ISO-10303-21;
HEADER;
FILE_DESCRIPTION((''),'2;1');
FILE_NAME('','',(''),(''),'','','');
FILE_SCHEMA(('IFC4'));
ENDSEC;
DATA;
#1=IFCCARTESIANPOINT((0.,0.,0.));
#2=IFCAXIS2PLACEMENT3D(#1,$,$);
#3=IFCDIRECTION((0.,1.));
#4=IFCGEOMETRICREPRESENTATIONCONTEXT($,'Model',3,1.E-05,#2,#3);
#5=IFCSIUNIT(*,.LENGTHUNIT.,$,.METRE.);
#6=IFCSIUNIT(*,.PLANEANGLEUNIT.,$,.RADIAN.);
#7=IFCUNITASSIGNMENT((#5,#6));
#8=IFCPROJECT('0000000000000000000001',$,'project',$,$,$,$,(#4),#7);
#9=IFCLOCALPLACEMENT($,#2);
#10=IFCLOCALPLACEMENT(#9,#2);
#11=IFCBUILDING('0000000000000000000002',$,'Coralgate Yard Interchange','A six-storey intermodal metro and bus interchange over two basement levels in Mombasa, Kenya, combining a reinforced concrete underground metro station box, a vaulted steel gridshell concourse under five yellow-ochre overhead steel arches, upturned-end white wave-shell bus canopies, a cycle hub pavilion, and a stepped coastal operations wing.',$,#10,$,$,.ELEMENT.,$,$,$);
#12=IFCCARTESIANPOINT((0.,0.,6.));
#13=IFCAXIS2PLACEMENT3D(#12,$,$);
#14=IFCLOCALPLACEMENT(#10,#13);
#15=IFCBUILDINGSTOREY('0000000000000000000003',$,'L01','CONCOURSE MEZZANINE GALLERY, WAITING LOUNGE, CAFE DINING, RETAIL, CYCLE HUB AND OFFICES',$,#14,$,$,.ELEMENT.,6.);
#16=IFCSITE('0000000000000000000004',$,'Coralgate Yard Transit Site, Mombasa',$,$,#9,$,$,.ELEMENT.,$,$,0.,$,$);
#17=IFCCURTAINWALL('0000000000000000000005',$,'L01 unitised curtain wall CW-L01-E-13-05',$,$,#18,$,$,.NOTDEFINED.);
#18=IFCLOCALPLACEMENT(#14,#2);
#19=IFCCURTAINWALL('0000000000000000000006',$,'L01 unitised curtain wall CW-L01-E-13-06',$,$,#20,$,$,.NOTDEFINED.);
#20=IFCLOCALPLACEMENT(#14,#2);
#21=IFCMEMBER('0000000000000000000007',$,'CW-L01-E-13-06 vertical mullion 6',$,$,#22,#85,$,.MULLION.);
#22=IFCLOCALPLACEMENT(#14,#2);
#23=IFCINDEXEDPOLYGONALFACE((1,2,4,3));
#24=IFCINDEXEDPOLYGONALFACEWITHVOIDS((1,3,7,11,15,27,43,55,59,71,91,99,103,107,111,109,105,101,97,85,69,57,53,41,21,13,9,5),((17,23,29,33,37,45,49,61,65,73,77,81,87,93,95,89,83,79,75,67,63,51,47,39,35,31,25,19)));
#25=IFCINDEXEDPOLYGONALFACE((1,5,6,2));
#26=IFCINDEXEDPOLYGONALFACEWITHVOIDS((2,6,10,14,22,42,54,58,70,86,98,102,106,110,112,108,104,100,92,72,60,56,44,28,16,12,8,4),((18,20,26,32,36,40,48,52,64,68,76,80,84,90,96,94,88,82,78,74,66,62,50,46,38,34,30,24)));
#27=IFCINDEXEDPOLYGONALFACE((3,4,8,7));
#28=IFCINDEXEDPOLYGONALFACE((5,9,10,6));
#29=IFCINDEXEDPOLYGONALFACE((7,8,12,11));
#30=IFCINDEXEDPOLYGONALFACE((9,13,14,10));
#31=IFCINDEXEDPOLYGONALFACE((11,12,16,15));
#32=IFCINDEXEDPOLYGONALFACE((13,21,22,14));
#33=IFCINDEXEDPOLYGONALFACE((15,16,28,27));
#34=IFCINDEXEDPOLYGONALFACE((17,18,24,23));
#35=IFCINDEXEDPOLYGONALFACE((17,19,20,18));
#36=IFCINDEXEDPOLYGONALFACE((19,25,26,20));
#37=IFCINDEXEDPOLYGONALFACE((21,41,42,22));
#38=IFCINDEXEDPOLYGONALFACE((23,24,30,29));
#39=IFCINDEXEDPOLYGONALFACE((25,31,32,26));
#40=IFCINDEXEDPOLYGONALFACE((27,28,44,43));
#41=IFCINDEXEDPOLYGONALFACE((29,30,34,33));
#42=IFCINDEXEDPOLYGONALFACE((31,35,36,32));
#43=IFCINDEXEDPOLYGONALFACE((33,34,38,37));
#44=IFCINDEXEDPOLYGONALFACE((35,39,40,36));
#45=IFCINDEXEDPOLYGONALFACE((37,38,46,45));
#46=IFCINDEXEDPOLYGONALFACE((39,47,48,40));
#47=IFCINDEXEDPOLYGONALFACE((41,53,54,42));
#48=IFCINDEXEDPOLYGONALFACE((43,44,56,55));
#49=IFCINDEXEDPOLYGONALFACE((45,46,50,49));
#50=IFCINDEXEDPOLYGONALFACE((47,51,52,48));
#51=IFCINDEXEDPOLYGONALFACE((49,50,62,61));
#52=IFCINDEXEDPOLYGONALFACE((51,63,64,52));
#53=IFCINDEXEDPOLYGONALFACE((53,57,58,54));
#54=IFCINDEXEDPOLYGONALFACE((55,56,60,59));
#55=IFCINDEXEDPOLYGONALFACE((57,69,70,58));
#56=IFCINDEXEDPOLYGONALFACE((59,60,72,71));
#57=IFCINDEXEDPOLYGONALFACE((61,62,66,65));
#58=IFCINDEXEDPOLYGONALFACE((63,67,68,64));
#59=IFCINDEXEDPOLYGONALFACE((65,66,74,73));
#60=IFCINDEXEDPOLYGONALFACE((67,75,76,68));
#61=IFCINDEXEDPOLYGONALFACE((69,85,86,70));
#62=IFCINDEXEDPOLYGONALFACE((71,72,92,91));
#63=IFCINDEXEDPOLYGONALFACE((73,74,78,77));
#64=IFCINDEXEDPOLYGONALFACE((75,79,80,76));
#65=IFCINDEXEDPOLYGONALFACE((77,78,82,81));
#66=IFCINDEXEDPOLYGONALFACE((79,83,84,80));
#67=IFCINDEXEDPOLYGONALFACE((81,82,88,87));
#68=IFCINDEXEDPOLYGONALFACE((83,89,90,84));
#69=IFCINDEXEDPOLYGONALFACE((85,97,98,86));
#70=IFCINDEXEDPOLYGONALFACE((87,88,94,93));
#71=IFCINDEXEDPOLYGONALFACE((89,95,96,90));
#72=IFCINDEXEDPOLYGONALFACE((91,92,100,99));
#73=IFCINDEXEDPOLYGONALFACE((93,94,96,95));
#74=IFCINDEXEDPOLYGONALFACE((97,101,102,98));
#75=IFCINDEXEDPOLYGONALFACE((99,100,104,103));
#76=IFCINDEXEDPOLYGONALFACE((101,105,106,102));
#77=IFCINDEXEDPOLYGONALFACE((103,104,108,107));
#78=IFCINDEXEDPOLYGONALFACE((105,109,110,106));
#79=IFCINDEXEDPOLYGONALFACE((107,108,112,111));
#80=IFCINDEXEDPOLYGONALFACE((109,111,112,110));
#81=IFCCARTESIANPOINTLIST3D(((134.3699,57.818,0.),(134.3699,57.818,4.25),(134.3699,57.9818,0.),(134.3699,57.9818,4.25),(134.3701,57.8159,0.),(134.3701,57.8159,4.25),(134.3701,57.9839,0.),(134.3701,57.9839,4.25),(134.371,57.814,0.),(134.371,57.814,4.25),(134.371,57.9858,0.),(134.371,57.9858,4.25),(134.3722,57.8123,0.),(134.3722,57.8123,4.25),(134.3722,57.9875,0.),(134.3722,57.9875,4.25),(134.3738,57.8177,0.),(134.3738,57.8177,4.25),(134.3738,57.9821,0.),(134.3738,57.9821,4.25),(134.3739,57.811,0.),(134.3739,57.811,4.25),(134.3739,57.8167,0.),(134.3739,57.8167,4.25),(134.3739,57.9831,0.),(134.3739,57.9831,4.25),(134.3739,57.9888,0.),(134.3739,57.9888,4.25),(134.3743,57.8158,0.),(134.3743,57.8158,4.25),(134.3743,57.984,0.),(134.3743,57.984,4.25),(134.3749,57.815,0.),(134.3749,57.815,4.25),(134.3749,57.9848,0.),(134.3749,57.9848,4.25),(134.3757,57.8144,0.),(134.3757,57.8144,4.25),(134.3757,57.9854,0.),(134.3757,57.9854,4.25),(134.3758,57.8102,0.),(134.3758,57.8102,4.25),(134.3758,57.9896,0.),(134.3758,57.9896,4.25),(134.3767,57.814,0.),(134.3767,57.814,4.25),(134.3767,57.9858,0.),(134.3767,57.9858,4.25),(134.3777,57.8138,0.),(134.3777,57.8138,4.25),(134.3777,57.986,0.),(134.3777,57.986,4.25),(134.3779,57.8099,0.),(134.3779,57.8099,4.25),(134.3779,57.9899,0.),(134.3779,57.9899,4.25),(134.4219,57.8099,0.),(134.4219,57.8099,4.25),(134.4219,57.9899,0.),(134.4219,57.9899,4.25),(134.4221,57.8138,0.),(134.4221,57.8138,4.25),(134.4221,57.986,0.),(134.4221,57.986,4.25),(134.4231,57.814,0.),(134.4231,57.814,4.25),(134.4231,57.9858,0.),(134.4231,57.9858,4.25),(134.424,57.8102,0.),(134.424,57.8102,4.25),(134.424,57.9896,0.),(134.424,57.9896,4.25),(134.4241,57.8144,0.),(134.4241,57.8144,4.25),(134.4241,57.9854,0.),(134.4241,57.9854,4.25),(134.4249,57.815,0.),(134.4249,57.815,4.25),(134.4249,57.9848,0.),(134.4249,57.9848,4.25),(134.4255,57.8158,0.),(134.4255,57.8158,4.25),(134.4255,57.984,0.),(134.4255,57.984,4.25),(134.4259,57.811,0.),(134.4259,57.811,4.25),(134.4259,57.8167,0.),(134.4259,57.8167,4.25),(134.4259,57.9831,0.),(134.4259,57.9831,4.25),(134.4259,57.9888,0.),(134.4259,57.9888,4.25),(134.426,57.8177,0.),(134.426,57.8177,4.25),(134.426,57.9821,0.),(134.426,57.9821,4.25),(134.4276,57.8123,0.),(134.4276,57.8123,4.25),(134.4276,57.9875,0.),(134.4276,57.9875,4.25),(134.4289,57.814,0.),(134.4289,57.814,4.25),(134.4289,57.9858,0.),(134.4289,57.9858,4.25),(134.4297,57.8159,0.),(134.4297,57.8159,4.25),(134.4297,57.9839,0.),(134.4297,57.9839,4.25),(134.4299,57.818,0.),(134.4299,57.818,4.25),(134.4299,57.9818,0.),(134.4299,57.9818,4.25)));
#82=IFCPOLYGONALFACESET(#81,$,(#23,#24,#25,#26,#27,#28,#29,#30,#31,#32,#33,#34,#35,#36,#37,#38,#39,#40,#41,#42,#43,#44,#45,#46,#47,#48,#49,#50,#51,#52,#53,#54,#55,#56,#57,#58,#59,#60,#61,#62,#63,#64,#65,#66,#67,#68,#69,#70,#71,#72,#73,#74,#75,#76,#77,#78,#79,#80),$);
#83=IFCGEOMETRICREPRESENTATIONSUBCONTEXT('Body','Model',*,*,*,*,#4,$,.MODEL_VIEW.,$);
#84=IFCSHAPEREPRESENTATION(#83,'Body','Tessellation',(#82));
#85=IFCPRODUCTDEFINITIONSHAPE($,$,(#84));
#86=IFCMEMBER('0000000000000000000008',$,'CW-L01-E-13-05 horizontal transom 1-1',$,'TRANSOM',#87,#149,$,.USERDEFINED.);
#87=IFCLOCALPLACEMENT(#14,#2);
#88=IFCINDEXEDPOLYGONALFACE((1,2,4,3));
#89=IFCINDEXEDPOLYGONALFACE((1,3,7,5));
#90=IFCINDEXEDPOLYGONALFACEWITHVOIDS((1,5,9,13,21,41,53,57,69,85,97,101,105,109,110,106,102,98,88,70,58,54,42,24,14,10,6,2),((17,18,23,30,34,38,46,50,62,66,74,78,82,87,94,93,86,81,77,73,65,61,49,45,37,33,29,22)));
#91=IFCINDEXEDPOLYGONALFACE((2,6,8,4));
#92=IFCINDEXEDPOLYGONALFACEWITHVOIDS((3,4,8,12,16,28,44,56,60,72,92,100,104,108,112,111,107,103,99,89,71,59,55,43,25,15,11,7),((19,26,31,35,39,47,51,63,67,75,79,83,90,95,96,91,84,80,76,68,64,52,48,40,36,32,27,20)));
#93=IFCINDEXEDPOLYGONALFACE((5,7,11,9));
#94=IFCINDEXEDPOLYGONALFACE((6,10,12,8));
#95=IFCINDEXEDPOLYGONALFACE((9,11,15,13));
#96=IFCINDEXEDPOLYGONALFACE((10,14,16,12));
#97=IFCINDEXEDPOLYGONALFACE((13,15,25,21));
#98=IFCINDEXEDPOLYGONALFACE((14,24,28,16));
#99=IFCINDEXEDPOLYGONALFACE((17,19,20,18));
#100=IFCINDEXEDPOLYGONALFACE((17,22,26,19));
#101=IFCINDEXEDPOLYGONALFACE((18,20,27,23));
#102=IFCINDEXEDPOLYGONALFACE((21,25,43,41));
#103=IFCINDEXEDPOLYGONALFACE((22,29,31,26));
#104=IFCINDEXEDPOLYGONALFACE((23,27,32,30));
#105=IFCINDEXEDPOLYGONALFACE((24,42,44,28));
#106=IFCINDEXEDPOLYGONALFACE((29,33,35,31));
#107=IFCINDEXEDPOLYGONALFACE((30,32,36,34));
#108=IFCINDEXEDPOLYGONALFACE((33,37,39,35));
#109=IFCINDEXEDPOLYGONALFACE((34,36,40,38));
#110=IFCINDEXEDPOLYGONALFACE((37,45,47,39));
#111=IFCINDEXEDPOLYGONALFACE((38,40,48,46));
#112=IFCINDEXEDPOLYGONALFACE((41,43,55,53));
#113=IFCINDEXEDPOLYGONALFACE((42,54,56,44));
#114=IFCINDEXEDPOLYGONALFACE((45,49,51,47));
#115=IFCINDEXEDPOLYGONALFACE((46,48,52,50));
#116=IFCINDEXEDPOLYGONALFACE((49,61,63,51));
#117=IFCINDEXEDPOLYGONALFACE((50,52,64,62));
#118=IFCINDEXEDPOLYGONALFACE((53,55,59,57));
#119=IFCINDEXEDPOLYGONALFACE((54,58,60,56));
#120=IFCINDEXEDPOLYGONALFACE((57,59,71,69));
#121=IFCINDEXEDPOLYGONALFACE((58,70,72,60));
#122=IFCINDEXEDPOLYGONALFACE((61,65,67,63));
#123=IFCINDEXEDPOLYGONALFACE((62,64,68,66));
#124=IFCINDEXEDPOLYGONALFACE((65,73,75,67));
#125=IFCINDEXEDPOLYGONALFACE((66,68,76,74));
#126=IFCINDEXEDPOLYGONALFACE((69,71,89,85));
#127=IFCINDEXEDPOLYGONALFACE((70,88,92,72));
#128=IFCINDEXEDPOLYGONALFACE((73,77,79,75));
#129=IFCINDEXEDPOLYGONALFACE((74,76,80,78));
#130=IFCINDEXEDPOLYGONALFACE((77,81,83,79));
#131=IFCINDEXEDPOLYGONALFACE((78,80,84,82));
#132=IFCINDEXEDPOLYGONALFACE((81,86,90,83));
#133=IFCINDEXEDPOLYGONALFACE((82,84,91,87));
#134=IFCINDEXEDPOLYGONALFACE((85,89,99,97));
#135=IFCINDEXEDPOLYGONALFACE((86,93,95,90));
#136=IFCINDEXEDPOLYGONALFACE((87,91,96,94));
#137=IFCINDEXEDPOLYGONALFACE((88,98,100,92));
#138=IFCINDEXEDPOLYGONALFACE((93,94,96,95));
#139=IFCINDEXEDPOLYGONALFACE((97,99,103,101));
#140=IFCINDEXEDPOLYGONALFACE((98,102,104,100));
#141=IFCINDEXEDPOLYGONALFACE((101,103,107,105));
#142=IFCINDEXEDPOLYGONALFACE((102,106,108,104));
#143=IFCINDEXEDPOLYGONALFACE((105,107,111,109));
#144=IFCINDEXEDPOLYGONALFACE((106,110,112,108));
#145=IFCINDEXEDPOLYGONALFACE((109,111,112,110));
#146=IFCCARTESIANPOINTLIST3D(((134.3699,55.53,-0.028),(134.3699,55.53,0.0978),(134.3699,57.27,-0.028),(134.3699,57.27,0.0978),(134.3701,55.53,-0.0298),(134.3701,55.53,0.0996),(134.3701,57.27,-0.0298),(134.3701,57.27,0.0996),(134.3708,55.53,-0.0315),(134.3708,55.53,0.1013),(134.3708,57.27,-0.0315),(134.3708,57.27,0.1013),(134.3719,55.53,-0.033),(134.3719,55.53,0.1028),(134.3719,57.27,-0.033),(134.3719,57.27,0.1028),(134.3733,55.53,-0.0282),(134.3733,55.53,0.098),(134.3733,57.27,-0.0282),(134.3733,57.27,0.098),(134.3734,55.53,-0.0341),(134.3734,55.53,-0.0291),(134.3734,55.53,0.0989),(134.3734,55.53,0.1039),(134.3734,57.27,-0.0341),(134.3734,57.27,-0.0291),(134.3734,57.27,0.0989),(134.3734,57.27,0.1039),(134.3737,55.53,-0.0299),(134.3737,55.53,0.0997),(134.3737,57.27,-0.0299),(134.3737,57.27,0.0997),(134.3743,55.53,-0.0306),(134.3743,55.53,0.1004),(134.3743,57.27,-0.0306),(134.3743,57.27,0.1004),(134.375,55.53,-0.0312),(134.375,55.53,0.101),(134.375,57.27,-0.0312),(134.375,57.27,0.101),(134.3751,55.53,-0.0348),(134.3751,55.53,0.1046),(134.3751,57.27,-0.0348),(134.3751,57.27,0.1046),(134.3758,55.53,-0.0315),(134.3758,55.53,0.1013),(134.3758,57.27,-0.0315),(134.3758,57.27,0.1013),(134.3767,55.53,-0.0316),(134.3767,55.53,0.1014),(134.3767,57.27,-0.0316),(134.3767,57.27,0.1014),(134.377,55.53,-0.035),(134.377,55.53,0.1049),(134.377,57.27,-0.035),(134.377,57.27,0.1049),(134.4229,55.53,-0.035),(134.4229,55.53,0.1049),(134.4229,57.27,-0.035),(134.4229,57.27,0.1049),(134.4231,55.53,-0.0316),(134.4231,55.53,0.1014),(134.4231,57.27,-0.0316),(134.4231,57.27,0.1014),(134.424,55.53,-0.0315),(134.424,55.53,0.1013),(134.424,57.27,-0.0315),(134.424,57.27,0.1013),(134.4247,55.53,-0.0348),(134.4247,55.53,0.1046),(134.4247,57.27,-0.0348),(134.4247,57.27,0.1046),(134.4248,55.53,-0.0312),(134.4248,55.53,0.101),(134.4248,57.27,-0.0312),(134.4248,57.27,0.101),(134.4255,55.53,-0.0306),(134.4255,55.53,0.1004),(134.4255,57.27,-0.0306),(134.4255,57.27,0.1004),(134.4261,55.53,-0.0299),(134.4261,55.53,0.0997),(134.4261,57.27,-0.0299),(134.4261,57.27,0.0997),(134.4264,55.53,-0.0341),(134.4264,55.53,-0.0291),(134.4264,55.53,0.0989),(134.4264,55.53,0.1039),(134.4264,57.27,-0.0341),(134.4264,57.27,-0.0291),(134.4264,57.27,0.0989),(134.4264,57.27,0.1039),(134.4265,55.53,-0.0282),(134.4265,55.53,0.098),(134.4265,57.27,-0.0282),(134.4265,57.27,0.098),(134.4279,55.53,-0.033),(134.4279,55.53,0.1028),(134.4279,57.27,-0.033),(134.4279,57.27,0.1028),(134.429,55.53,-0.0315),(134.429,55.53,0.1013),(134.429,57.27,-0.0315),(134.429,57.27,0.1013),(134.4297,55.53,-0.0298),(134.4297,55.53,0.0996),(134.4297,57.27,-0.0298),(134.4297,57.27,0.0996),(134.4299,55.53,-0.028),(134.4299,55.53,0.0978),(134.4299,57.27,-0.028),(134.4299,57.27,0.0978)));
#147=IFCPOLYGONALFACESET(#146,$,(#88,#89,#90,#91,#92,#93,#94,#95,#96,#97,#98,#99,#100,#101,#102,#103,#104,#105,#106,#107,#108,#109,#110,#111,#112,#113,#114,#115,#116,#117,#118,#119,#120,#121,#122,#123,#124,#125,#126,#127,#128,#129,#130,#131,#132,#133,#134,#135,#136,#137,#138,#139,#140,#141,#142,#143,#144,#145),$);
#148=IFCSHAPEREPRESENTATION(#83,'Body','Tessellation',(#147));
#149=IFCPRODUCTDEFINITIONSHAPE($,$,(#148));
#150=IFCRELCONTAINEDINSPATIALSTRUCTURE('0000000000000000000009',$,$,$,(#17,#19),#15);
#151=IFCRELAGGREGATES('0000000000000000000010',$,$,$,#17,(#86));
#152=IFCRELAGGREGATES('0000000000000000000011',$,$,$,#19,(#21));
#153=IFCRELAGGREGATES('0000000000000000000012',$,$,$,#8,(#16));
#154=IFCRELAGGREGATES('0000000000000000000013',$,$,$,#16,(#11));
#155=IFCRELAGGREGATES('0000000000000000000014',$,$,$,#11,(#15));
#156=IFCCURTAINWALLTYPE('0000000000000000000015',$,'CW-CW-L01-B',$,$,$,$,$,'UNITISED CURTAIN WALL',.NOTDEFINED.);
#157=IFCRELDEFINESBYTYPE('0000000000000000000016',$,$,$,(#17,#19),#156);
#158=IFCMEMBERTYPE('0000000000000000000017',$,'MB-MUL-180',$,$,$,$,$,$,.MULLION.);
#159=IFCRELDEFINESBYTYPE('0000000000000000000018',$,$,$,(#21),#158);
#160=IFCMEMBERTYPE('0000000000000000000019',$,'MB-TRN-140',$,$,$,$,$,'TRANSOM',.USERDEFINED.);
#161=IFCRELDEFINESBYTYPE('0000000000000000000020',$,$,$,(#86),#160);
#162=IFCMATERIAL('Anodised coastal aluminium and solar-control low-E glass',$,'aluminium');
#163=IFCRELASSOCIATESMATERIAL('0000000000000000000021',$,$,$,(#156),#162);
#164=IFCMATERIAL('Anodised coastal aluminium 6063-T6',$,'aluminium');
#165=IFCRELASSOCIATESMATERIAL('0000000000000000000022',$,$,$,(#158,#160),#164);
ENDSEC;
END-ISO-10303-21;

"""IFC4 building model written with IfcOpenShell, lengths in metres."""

from ifc_helpers import new_model, si_unit, direction, frame, origin, origin_2d, place, context, subcontext, project, spatial, hollow_rectangle, extrude, material, material_profile, profile_set, type_object, element, aggregate, save


model = new_model("IFC4")

# Units and contexts
model_context = context("Model", 3, precision=1e-05, world=origin(), true_north=direction((0.0, 1.0)))
body_context = subcontext(model_context, "Body", "Model", "MODEL_VIEW")
ifc_project = project(units=[si_unit("LENGTHUNIT", "METRE"), si_unit("PLANEANGLEUNIT", "RADIAN")], contexts=[model_context])

# Site, building, storey
site_placement = place(None, origin())
site = spatial("IfcSite", under=ifc_project, at=site_placement, Name="Coralgate Yard Transit Site, Mombasa", CompositionType="ELEMENT", RefElevation=0.0)
building_placement = place(site_placement, origin())
building = spatial("IfcBuilding", under=site, at=building_placement, Name="Coralgate Yard Interchange", Description="A six-storey intermodal metro and bus interchange over two basement levels in Mombasa, Kenya, combining a reinforced concrete underground metro station box, a vaulted steel gridshell concourse under five yellow-ochre overhead steel arches, upturned-end white wave-shell bus canopies, a cycle hub pavilion, and a stepped coastal operations wing.", CompositionType="ELEMENT")
storey_placement = place(building_placement, frame((0.0, 0.0, 6.0)))
storey = spatial("IfcBuildingStorey", under=building, at=storey_placement, Name="L01", Description="CONCOURSE MEZZANINE GALLERY, WAITING LOUNGE, CAFE DINING, RETAIL, CYCLE HUB AND OFFICES", CompositionType="ELEMENT", Elevation=6.0)

# Curtain walls, member
ifc_material_1 = material(Name="Anodised coastal aluminium and solar-control low-E glass", Category="aluminium")
curtain_wall_type = type_object("IfcCurtainWallType", Name="CW-CW-L01-B", ElementType="UNITISED CURTAIN WALL", PredefinedType="NOTDEFINED", material=ifc_material_1)
curtain_wall_1_placement = place(storey_placement, origin())
curtain_wall_1 = element("IfcCurtainWall", 1, at=curtain_wall_1_placement, inside=storey, type_object=curtain_wall_type, Name="L01 unitised curtain wall CW-L01-E-13-05", PredefinedType="NOTDEFINED")
ifc_material_2 = material(Name="Anodised coastal aluminium 6063-T6", Category="aluminium")
ifc_material_profile_1 = material_profile(ifc_material_2, hollow_rectangle(XDim=0.0601, YDim=0.1799, WallThickness=0.0039, InnerFilletRadius=0.0039, OuterFilletRadius=0.0081, at=origin_2d()), Name="ALU 60x180x4")
ifc_profile_set_1 = profile_set([ifc_material_profile_1], Name="Anodised coastal aluminium 6063-T6")
member_type_1 = type_object("IfcMemberType", Name="MB-MUL-180", PredefinedType="MULLION", material=ifc_profile_set_1)
curtain_wall_2_placement = place(storey_placement, origin())
curtain_wall_2 = element("IfcCurtainWall", 2, at=curtain_wall_2_placement, inside=storey, type_object=curtain_wall_type, Name="L01 unitised curtain wall CW-L01-E-13-06", PredefinedType="NOTDEFINED")
member_1_placement = place(storey_placement, frame((134.3999, 57.8999, 0.0), z_axis=(0.0, 0.0, 1.0), x_axis=(1.0, 0.0, 0.0)))
member_1 = element("IfcMember", 3, at=member_1_placement, type_object=member_type_1, Name="CW-L01-E-13-06 vertical mullion 6", PredefinedType="MULLION", context=body_context, shape_type="SweptSolid", body=[
    extrude(hollow_rectangle(XDim=0.0601, YDim=0.1799, WallThickness=0.0039, InnerFilletRadius=0.0039, OuterFilletRadius=0.0081, at=origin_2d()), origin(), (0.0, 0.0, 1.0), 4.25),
])

# Member
ifc_material_profile_2 = material_profile(ifc_material_2, hollow_rectangle(XDim=0.0601, YDim=0.1399, WallThickness=0.0034, InnerFilletRadius=0.0034, OuterFilletRadius=0.0071, at=origin_2d()), Name="ALU 60x140x3.5")
ifc_profile_set_2 = profile_set([ifc_material_profile_2], Name="Anodised coastal aluminium 6063-T6")
member_type_2 = type_object("IfcMemberType", Name="MB-TRN-140", ElementType="TRANSOM", PredefinedType="USERDEFINED", material=ifc_profile_set_2)
member_2_placement = place(storey_placement, frame((134.3999, 57.27, 0.0349), z_axis=(0.0, -1.0, 0.0), x_axis=(1.0, 0.0, 0.0)))
member_2 = element("IfcMember", 4, at=member_2_placement, type_object=member_type_2, Name="CW-L01-E-13-05 horizontal transom 1-1", ObjectType="TRANSOM", PredefinedType="USERDEFINED", context=body_context, shape_type="SweptSolid", body=[
    extrude(hollow_rectangle(XDim=0.0601, YDim=0.1399, WallThickness=0.0034, InnerFilletRadius=0.0034, OuterFilletRadius=0.0071, at=origin_2d()), origin(), (0.0, 0.0, 1.0), 1.74),
])

aggregate(curtain_wall_1, [member_2])
aggregate(curtain_wall_2, [member_1])

save(model, "model.ifc")
